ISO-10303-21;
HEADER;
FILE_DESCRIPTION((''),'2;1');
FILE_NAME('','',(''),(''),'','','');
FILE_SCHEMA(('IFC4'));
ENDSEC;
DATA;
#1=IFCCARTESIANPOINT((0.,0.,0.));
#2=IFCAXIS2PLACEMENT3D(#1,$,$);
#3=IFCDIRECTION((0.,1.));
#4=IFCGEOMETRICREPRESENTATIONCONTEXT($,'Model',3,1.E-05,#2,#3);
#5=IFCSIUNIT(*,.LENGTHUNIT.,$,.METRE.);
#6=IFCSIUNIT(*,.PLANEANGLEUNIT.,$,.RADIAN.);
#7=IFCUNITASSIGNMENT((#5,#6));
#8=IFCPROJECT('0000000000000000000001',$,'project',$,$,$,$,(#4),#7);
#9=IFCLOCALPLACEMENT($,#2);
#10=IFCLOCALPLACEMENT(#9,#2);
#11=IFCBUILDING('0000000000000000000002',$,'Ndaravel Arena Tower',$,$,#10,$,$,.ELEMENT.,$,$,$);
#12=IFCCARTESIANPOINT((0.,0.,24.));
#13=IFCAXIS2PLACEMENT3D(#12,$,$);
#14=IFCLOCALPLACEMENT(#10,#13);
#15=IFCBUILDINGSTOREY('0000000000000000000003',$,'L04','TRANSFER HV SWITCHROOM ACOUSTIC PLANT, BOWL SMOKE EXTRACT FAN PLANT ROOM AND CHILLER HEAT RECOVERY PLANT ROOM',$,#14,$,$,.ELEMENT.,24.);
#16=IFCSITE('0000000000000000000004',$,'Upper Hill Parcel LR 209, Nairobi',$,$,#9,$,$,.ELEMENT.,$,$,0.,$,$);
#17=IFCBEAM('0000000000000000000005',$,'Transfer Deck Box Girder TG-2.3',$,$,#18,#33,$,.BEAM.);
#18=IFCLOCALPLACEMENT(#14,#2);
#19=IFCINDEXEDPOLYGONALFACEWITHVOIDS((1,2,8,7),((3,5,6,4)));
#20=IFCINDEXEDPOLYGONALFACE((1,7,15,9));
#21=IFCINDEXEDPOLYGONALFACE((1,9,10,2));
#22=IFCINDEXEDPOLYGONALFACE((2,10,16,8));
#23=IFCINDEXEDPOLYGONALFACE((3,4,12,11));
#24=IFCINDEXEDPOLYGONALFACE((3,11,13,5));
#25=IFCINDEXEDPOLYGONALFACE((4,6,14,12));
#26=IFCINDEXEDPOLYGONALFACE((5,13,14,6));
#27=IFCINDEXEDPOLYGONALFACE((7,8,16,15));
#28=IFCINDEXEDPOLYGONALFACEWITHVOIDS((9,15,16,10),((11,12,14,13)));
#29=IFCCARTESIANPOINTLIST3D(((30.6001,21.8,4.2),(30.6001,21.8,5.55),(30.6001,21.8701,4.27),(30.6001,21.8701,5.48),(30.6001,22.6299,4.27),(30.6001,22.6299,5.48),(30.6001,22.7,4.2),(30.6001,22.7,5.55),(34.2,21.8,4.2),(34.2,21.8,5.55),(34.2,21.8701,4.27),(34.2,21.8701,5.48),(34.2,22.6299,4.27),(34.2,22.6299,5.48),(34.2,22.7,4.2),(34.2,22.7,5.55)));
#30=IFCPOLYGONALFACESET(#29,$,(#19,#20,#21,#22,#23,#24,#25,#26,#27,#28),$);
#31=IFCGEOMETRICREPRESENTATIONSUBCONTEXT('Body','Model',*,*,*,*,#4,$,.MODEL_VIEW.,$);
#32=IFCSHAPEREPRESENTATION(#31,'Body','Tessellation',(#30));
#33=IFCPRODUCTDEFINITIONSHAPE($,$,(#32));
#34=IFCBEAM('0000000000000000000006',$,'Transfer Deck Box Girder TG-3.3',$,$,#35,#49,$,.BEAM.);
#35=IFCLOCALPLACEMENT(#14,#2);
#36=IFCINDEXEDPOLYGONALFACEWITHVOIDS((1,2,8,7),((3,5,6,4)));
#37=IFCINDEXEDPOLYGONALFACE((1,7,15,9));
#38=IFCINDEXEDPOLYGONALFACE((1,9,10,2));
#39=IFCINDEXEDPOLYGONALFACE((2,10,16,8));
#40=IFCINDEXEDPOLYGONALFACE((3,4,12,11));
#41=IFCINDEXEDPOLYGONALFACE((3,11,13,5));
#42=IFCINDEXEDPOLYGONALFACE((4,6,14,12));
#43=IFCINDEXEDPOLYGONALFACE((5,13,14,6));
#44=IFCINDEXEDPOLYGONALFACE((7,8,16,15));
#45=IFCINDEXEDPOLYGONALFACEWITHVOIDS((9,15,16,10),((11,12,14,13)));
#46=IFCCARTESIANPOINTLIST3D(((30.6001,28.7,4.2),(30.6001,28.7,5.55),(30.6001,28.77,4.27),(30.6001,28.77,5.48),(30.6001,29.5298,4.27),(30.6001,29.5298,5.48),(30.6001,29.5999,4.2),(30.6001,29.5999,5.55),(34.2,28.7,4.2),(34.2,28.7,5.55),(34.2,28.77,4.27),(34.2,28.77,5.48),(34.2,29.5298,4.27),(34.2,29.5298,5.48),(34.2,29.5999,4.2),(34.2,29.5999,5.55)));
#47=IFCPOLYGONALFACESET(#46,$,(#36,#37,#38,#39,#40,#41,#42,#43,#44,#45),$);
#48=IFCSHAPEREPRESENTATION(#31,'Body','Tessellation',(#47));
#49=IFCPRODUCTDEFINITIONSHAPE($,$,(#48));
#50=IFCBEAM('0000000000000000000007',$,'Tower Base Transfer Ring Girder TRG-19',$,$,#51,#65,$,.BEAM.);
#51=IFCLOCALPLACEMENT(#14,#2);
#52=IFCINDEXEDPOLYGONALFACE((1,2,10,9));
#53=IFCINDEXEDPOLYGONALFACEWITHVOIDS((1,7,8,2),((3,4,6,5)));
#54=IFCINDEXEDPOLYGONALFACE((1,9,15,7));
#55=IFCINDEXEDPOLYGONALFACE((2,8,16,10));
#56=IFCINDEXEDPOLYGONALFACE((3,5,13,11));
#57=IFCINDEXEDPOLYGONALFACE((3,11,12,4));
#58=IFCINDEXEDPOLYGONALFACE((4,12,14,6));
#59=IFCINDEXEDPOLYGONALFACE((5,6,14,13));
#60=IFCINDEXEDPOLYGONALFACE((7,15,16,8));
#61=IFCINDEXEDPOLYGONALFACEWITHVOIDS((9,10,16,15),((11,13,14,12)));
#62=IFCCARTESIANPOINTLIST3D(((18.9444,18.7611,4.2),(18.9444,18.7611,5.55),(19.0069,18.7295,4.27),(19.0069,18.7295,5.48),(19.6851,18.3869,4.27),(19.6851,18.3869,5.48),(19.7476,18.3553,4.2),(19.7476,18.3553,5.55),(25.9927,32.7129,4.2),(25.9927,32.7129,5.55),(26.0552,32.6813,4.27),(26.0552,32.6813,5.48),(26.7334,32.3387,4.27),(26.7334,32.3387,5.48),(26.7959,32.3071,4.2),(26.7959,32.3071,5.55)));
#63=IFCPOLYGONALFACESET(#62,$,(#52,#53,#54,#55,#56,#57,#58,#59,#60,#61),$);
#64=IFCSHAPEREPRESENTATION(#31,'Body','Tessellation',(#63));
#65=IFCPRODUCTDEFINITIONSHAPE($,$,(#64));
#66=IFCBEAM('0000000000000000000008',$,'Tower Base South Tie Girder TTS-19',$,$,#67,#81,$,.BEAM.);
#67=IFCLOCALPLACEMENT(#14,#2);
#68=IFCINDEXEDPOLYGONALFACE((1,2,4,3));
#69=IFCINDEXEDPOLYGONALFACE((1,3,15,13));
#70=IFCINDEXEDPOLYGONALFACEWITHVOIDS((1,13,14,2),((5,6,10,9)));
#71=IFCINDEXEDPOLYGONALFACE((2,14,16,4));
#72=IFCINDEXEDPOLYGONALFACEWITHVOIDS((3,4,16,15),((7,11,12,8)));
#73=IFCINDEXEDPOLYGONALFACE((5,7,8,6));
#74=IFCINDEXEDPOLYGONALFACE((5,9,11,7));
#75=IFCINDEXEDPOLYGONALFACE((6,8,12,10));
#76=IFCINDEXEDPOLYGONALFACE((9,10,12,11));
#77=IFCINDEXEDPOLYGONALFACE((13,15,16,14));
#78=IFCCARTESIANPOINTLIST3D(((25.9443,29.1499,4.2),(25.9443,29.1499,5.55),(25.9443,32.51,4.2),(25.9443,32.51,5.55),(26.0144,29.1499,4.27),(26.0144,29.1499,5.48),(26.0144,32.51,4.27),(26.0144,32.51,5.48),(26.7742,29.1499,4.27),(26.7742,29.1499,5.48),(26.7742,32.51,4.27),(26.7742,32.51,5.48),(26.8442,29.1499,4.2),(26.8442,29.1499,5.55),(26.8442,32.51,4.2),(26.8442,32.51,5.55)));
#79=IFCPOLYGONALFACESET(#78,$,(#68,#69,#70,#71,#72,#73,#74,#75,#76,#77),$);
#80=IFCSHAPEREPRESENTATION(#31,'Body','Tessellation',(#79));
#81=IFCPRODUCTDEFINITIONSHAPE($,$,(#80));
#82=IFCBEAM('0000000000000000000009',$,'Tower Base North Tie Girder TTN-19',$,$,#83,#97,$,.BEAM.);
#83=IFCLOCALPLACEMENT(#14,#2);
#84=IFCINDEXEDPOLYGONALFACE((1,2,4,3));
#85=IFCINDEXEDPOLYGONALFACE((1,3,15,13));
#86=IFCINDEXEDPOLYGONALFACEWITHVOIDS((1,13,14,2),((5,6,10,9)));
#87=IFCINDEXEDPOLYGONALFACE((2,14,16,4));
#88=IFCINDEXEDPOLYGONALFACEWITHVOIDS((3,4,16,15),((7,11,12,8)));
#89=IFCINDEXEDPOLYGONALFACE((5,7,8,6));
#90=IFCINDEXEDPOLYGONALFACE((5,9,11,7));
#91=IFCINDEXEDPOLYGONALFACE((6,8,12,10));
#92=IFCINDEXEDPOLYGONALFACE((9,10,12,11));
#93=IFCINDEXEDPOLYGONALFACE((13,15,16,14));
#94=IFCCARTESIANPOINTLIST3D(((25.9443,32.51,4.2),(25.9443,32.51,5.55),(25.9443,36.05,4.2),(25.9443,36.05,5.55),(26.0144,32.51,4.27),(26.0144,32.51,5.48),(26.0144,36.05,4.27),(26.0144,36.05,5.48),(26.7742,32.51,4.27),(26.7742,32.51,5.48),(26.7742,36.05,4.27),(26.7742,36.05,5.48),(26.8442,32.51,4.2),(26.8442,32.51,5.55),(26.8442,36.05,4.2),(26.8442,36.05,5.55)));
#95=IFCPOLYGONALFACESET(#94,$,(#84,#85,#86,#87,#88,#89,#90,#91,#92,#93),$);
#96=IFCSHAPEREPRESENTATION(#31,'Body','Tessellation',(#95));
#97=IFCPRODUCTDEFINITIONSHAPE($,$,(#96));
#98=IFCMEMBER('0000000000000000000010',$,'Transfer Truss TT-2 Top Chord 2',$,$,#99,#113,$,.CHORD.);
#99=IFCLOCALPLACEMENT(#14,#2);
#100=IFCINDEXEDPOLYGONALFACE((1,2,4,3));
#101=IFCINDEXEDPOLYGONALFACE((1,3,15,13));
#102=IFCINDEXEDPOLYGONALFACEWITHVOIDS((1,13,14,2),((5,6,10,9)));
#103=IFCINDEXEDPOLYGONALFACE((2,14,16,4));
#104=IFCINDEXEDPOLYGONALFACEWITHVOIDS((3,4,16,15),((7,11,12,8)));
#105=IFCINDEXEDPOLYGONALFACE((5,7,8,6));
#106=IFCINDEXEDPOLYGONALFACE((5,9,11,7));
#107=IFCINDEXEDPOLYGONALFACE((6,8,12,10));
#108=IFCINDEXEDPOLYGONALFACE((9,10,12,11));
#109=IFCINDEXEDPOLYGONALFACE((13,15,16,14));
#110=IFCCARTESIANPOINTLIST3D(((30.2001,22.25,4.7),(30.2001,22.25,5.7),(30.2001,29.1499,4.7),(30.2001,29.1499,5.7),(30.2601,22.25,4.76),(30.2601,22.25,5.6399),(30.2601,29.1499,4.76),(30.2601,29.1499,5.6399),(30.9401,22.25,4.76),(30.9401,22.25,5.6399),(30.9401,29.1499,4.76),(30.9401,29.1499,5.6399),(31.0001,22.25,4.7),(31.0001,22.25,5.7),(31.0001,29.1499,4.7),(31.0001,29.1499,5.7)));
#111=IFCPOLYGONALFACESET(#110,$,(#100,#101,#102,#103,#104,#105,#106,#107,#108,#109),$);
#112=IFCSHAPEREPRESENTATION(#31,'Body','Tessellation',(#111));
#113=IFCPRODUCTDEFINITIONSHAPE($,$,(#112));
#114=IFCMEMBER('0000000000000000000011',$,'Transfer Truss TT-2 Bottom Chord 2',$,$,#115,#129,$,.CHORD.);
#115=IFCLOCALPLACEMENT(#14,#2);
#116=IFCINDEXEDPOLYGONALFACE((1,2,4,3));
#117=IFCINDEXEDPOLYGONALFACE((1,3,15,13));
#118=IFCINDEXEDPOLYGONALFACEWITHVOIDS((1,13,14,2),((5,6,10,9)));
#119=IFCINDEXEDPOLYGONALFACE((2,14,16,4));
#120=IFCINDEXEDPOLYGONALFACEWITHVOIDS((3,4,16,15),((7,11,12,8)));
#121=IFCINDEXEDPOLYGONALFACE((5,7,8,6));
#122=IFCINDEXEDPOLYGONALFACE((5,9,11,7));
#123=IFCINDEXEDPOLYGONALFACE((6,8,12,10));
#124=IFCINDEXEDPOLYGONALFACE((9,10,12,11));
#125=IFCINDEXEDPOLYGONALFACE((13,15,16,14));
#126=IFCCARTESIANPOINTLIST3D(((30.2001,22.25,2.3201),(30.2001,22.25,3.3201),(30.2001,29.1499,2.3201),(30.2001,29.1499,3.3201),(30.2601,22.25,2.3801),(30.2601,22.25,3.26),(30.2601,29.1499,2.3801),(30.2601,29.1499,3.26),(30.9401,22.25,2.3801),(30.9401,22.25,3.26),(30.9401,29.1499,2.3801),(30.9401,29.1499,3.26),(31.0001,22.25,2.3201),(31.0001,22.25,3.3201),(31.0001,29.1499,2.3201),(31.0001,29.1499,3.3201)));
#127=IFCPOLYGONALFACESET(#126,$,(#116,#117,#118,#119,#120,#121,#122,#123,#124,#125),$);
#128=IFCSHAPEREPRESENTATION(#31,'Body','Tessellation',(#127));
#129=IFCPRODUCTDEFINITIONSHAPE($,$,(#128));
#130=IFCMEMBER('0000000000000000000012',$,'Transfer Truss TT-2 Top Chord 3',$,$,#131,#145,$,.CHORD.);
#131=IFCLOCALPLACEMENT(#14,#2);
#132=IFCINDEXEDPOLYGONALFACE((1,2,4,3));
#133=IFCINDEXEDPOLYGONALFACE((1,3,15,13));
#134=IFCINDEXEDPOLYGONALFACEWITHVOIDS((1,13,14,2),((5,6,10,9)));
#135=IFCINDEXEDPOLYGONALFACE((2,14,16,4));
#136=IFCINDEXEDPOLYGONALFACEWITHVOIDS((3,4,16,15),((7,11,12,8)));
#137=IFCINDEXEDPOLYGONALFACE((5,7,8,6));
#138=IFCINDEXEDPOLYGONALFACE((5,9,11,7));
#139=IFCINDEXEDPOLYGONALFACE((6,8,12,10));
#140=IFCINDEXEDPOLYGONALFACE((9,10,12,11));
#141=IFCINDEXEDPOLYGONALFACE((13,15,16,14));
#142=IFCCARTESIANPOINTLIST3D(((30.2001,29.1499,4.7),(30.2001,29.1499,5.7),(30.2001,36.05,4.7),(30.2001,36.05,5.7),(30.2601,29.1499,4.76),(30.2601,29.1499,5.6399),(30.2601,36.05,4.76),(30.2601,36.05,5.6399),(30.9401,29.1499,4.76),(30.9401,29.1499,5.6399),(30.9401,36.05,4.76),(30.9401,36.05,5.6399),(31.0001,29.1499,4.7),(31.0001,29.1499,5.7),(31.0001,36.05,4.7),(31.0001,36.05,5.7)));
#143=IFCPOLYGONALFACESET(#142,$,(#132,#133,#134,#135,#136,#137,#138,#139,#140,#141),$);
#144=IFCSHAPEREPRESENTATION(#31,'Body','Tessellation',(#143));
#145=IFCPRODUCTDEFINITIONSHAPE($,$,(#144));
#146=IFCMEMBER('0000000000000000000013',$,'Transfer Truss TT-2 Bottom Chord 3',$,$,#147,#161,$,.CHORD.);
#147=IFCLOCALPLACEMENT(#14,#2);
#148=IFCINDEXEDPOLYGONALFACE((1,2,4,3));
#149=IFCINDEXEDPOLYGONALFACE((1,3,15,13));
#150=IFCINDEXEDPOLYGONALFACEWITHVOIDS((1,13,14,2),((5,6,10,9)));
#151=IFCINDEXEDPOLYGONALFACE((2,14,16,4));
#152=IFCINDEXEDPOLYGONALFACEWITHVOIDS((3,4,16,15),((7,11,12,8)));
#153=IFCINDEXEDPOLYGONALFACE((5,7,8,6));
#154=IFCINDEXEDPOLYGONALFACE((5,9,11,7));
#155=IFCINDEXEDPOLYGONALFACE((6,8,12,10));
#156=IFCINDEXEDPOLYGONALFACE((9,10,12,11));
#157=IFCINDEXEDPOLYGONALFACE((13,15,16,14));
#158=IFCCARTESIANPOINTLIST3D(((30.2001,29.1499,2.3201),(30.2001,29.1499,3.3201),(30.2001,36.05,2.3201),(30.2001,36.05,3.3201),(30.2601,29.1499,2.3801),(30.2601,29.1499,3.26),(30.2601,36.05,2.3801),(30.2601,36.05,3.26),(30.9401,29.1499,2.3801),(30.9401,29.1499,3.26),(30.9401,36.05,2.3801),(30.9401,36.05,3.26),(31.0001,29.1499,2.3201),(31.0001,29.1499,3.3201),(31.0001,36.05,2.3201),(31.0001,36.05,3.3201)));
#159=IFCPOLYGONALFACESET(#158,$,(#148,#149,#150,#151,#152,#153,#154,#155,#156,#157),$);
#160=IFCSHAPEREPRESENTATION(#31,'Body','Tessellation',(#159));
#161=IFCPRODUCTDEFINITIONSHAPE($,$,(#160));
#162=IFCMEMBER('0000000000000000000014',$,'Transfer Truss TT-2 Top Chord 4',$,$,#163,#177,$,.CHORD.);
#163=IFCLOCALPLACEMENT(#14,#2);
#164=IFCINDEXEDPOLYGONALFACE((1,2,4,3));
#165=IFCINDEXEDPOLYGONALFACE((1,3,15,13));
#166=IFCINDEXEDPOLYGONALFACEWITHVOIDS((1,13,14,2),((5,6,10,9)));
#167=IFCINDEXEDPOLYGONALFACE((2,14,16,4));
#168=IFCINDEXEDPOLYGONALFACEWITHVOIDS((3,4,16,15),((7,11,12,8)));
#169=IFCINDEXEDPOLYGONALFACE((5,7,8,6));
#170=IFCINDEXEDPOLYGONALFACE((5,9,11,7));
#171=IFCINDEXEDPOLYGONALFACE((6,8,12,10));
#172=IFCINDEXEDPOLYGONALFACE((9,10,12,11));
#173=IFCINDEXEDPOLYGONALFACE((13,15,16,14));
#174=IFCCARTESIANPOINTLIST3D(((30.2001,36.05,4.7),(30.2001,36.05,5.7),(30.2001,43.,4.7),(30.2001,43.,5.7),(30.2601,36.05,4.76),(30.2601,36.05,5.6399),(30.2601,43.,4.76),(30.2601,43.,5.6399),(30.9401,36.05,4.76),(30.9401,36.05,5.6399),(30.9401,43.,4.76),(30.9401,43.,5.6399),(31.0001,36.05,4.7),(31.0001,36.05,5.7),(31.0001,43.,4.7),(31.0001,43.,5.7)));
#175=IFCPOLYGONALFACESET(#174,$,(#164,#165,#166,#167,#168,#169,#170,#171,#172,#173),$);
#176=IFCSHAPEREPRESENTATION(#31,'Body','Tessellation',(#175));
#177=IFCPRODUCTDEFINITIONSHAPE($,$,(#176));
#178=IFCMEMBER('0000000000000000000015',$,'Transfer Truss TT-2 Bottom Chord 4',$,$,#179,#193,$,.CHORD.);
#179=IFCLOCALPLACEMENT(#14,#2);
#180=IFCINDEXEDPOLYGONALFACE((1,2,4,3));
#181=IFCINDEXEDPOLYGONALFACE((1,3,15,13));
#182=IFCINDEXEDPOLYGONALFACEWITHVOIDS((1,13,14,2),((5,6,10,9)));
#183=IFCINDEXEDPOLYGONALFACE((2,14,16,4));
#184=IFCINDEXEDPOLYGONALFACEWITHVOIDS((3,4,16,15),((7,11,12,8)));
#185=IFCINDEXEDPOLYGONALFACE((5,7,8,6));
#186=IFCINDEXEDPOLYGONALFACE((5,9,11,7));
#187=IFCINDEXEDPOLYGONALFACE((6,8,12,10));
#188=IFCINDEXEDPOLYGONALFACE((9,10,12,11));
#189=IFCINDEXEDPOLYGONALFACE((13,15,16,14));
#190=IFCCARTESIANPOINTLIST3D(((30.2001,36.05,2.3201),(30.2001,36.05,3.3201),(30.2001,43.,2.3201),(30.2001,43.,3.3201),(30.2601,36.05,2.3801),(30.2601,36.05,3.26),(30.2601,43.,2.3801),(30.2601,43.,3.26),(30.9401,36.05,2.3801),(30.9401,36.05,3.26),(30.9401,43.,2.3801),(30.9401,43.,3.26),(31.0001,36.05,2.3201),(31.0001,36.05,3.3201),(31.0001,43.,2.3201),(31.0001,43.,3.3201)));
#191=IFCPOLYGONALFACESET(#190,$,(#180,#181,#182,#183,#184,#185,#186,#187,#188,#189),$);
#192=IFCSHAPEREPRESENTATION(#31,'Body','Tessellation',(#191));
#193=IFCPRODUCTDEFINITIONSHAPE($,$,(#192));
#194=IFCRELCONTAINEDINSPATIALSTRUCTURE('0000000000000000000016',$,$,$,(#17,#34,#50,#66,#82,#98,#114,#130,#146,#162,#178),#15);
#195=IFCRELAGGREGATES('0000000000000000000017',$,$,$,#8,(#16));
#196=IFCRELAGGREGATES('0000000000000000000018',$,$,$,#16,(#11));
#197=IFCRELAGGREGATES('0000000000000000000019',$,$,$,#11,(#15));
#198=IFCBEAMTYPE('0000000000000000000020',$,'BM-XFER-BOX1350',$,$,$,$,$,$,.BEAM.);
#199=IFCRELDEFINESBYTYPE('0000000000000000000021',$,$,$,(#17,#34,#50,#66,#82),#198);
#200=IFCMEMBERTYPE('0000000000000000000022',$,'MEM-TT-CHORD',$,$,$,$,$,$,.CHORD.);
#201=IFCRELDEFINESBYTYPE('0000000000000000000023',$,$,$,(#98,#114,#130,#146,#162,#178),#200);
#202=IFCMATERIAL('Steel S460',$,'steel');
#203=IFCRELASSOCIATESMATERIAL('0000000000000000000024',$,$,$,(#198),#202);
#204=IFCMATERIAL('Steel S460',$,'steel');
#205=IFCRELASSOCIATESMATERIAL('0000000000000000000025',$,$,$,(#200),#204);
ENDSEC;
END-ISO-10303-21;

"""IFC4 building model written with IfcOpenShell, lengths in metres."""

from ifc_helpers import new_model, si_unit, direction, frame, origin, origin_2d, place, context, subcontext, project, spatial, hollow_rectangle, extrude, material, material_profile, profile_set, type_object, element, save


model = new_model("IFC4")

# Units and contexts
model_context = context("Model", 3, precision=1e-05, world=origin(), true_north=direction((0.0, 1.0)))
body_context = subcontext(model_context, "Body", "Model", "MODEL_VIEW")
ifc_project = project(units=[si_unit("LENGTHUNIT", "METRE"), si_unit("PLANEANGLEUNIT", "RADIAN")], contexts=[model_context])

# Site, building, storey
site_placement = place(None, origin())
site = spatial("IfcSite", under=ifc_project, at=site_placement, Name="Upper Hill Parcel LR 209, Nairobi", CompositionType="ELEMENT", RefElevation=0.0)
building_placement = place(site_placement, origin())
building = spatial("IfcBuilding", under=site, at=building_placement, Name="Ndaravel Arena Tower", CompositionType="ELEMENT")
storey_placement = place(building_placement, frame((0.0, 0.0, 24.0)))
storey = spatial("IfcBuildingStorey", under=building, at=storey_placement, Name="L04", Description="TRANSFER HV SWITCHROOM ACOUSTIC PLANT, BOWL SMOKE EXTRACT FAN PLANT ROOM AND CHILLER HEAT RECOVERY PLANT ROOM", CompositionType="ELEMENT", Elevation=24.0)

# Beams
ifc_material_1 = material(Name="Steel S460", Category="steel")
ifc_material_profile_1 = material_profile(ifc_material_1, hollow_rectangle(XDim=0.8999, YDim=1.3501, WallThickness=0.0701, at=origin_2d()), Name="BOX 1350x900x70")
ifc_profile_set_1 = profile_set([ifc_material_profile_1], Name="Steel S460")
beam_type = type_object("IfcBeamType", Name="BM-XFER-BOX1350", PredefinedType="BEAM", material=ifc_profile_set_1)
for number, where, z_axis, x_axis, name in (
    (1, (30.6001, 22.25, 4.875), (1.0, 0.0, 0.0), (0.0, 1.0, 0.0), "Transfer Deck Box Girder TG-2.3"),
    (2, (30.6001, 29.1499, 4.875), (1.0, 0.0, 0.0), (0.0, 1.0, 0.0), "Transfer Deck Box Girder TG-3.3"),
):
    element("IfcBeam", number, at=place(storey_placement, frame(where, z_axis=z_axis, x_axis=x_axis)), inside=storey, type_object=beam_type, Name=name, PredefinedType="BEAM", context=body_context, shape_type="SweptSolid", body=[
        extrude(hollow_rectangle(XDim=0.8999, YDim=1.3501, WallThickness=0.0701, at=origin_2d()), origin(), (0.0, 0.0, 1.0), 3.5999),
    ])
beam_1_placement = place(storey_placement, frame((26.3943, 32.51, 4.875), z_axis=(-0.450915, -0.892567, 0.0), x_axis=(0.892567, -0.450915, 0.0)))
element("IfcBeam", 3, at=beam_1_placement, inside=storey, type_object=beam_type, Name="Tower Base Transfer Ring Girder TRG-19", PredefinedType="BEAM", context=body_context, shape_type="SweptSolid", body=[
    extrude(hollow_rectangle(XDim=0.8999, YDim=1.3501, WallThickness=0.0701, at=origin_2d()), origin(), (0.0, 0.0, 1.0), 15.6311),
])
beam_2_placement = place(storey_placement, frame((26.3943, 29.1499, 4.875), z_axis=(0.0, 1.0, 0.0), x_axis=(-1.0, 0.0, 0.0)))
element("IfcBeam", 4, at=beam_2_placement, inside=storey, type_object=beam_type, Name="Tower Base South Tie Girder TTS-19", PredefinedType="BEAM", context=body_context, shape_type="SweptSolid", body=[
    extrude(hollow_rectangle(XDim=0.8999, YDim=1.3501, WallThickness=0.0701, at=origin_2d()), origin(), (0.0, 0.0, 1.0), 3.3601),
])
beam_3_placement = place(storey_placement, frame((26.3943, 32.51, 4.875), z_axis=(0.0, 1.0, 0.0), x_axis=(-1.0, 0.0, 0.0)))
element("IfcBeam", 5, at=beam_3_placement, inside=storey, type_object=beam_type, Name="Tower Base North Tie Girder TTN-19", PredefinedType="BEAM", context=body_context, shape_type="SweptSolid", body=[
    extrude(hollow_rectangle(XDim=0.8999, YDim=1.3501, WallThickness=0.0701, at=origin_2d()), origin(), (0.0, 0.0, 1.0), 3.54),
])

# Members
ifc_material_2 = material(Name="Steel S460", Category="steel")
ifc_material_profile_2 = material_profile(ifc_material_2, hollow_rectangle(XDim=0.8, YDim=1.0, WallThickness=0.0601, at=origin_2d()), Name="BOX 1000x800x60")
ifc_profile_set_2 = profile_set([ifc_material_profile_2], Name="Steel S460")
member_type_1 = type_object("IfcMemberType", Name="MEM-TT-CHORD", PredefinedType="CHORD", material=ifc_profile_set_2)
for number, where, z_axis, x_axis, name in (
    (6, (30.6001, 22.25, 5.2), (0.0, 1.0, 0.0), (-1.0, 0.0, 0.0), "Transfer Truss TT-2 Top Chord 2"),
    (7, (30.6001, 22.25, 2.8201), (0.0, 1.0, 0.0), (-1.0, 0.0, 0.0), "Transfer Truss TT-2 Bottom Chord 2"),
):
    element("IfcMember", number, at=place(storey_placement, frame(where, z_axis=z_axis, x_axis=x_axis)), inside=storey, type_object=member_type_1, Name=name, PredefinedType="CHORD", context=body_context, shape_type="SweptSolid", body=[
        extrude(hollow_rectangle(XDim=0.8, YDim=1.0, WallThickness=0.0601, at=origin_2d()), origin(), (0.0, 0.0, 1.0), 6.8999),
    ])
for number, where, z_axis, x_axis, name in (
    (8, (30.6001, 29.1499, 5.2), (0.0, 1.0, 0.0), (-1.0, 0.0, 0.0), "Transfer Truss TT-2 Top Chord 3"),
    (9, (30.6001, 29.1499, 2.8201), (0.0, 1.0, 0.0), (-1.0, 0.0, 0.0), "Transfer Truss TT-2 Bottom Chord 3"),
):
    element("IfcMember", number, at=place(storey_placement, frame(where, z_axis=z_axis, x_axis=x_axis)), inside=storey, type_object=member_type_1, Name=name, PredefinedType="CHORD", context=body_context, shape_type="SweptSolid", body=[
        extrude(hollow_rectangle(XDim=0.8, YDim=1.0, WallThickness=0.0601, at=origin_2d()), origin(), (0.0, 0.0, 1.0), 6.9001),
    ])
for number, where, z_axis, x_axis, name in (
    (10, (30.6001, 36.05, 5.2), (0.0, 1.0, 0.0), (-1.0, 0.0, 0.0), "Transfer Truss TT-2 Top Chord 4"),
    (11, (30.6001, 36.05, 2.8201), (0.0, 1.0, 0.0), (-1.0, 0.0, 0.0), "Transfer Truss TT-2 Bottom Chord 4"),
):
    element("IfcMember", number, at=place(storey_placement, frame(where, z_axis=z_axis, x_axis=x_axis)), inside=storey, type_object=member_type_1, Name=name, PredefinedType="CHORD", context=body_context, shape_type="SweptSolid", body=[
        extrude(hollow_rectangle(XDim=0.8, YDim=1.0, WallThickness=0.0601, at=origin_2d()), origin(), (0.0, 0.0, 1.0), 6.95),
    ])

save(model, "model.ifc")
